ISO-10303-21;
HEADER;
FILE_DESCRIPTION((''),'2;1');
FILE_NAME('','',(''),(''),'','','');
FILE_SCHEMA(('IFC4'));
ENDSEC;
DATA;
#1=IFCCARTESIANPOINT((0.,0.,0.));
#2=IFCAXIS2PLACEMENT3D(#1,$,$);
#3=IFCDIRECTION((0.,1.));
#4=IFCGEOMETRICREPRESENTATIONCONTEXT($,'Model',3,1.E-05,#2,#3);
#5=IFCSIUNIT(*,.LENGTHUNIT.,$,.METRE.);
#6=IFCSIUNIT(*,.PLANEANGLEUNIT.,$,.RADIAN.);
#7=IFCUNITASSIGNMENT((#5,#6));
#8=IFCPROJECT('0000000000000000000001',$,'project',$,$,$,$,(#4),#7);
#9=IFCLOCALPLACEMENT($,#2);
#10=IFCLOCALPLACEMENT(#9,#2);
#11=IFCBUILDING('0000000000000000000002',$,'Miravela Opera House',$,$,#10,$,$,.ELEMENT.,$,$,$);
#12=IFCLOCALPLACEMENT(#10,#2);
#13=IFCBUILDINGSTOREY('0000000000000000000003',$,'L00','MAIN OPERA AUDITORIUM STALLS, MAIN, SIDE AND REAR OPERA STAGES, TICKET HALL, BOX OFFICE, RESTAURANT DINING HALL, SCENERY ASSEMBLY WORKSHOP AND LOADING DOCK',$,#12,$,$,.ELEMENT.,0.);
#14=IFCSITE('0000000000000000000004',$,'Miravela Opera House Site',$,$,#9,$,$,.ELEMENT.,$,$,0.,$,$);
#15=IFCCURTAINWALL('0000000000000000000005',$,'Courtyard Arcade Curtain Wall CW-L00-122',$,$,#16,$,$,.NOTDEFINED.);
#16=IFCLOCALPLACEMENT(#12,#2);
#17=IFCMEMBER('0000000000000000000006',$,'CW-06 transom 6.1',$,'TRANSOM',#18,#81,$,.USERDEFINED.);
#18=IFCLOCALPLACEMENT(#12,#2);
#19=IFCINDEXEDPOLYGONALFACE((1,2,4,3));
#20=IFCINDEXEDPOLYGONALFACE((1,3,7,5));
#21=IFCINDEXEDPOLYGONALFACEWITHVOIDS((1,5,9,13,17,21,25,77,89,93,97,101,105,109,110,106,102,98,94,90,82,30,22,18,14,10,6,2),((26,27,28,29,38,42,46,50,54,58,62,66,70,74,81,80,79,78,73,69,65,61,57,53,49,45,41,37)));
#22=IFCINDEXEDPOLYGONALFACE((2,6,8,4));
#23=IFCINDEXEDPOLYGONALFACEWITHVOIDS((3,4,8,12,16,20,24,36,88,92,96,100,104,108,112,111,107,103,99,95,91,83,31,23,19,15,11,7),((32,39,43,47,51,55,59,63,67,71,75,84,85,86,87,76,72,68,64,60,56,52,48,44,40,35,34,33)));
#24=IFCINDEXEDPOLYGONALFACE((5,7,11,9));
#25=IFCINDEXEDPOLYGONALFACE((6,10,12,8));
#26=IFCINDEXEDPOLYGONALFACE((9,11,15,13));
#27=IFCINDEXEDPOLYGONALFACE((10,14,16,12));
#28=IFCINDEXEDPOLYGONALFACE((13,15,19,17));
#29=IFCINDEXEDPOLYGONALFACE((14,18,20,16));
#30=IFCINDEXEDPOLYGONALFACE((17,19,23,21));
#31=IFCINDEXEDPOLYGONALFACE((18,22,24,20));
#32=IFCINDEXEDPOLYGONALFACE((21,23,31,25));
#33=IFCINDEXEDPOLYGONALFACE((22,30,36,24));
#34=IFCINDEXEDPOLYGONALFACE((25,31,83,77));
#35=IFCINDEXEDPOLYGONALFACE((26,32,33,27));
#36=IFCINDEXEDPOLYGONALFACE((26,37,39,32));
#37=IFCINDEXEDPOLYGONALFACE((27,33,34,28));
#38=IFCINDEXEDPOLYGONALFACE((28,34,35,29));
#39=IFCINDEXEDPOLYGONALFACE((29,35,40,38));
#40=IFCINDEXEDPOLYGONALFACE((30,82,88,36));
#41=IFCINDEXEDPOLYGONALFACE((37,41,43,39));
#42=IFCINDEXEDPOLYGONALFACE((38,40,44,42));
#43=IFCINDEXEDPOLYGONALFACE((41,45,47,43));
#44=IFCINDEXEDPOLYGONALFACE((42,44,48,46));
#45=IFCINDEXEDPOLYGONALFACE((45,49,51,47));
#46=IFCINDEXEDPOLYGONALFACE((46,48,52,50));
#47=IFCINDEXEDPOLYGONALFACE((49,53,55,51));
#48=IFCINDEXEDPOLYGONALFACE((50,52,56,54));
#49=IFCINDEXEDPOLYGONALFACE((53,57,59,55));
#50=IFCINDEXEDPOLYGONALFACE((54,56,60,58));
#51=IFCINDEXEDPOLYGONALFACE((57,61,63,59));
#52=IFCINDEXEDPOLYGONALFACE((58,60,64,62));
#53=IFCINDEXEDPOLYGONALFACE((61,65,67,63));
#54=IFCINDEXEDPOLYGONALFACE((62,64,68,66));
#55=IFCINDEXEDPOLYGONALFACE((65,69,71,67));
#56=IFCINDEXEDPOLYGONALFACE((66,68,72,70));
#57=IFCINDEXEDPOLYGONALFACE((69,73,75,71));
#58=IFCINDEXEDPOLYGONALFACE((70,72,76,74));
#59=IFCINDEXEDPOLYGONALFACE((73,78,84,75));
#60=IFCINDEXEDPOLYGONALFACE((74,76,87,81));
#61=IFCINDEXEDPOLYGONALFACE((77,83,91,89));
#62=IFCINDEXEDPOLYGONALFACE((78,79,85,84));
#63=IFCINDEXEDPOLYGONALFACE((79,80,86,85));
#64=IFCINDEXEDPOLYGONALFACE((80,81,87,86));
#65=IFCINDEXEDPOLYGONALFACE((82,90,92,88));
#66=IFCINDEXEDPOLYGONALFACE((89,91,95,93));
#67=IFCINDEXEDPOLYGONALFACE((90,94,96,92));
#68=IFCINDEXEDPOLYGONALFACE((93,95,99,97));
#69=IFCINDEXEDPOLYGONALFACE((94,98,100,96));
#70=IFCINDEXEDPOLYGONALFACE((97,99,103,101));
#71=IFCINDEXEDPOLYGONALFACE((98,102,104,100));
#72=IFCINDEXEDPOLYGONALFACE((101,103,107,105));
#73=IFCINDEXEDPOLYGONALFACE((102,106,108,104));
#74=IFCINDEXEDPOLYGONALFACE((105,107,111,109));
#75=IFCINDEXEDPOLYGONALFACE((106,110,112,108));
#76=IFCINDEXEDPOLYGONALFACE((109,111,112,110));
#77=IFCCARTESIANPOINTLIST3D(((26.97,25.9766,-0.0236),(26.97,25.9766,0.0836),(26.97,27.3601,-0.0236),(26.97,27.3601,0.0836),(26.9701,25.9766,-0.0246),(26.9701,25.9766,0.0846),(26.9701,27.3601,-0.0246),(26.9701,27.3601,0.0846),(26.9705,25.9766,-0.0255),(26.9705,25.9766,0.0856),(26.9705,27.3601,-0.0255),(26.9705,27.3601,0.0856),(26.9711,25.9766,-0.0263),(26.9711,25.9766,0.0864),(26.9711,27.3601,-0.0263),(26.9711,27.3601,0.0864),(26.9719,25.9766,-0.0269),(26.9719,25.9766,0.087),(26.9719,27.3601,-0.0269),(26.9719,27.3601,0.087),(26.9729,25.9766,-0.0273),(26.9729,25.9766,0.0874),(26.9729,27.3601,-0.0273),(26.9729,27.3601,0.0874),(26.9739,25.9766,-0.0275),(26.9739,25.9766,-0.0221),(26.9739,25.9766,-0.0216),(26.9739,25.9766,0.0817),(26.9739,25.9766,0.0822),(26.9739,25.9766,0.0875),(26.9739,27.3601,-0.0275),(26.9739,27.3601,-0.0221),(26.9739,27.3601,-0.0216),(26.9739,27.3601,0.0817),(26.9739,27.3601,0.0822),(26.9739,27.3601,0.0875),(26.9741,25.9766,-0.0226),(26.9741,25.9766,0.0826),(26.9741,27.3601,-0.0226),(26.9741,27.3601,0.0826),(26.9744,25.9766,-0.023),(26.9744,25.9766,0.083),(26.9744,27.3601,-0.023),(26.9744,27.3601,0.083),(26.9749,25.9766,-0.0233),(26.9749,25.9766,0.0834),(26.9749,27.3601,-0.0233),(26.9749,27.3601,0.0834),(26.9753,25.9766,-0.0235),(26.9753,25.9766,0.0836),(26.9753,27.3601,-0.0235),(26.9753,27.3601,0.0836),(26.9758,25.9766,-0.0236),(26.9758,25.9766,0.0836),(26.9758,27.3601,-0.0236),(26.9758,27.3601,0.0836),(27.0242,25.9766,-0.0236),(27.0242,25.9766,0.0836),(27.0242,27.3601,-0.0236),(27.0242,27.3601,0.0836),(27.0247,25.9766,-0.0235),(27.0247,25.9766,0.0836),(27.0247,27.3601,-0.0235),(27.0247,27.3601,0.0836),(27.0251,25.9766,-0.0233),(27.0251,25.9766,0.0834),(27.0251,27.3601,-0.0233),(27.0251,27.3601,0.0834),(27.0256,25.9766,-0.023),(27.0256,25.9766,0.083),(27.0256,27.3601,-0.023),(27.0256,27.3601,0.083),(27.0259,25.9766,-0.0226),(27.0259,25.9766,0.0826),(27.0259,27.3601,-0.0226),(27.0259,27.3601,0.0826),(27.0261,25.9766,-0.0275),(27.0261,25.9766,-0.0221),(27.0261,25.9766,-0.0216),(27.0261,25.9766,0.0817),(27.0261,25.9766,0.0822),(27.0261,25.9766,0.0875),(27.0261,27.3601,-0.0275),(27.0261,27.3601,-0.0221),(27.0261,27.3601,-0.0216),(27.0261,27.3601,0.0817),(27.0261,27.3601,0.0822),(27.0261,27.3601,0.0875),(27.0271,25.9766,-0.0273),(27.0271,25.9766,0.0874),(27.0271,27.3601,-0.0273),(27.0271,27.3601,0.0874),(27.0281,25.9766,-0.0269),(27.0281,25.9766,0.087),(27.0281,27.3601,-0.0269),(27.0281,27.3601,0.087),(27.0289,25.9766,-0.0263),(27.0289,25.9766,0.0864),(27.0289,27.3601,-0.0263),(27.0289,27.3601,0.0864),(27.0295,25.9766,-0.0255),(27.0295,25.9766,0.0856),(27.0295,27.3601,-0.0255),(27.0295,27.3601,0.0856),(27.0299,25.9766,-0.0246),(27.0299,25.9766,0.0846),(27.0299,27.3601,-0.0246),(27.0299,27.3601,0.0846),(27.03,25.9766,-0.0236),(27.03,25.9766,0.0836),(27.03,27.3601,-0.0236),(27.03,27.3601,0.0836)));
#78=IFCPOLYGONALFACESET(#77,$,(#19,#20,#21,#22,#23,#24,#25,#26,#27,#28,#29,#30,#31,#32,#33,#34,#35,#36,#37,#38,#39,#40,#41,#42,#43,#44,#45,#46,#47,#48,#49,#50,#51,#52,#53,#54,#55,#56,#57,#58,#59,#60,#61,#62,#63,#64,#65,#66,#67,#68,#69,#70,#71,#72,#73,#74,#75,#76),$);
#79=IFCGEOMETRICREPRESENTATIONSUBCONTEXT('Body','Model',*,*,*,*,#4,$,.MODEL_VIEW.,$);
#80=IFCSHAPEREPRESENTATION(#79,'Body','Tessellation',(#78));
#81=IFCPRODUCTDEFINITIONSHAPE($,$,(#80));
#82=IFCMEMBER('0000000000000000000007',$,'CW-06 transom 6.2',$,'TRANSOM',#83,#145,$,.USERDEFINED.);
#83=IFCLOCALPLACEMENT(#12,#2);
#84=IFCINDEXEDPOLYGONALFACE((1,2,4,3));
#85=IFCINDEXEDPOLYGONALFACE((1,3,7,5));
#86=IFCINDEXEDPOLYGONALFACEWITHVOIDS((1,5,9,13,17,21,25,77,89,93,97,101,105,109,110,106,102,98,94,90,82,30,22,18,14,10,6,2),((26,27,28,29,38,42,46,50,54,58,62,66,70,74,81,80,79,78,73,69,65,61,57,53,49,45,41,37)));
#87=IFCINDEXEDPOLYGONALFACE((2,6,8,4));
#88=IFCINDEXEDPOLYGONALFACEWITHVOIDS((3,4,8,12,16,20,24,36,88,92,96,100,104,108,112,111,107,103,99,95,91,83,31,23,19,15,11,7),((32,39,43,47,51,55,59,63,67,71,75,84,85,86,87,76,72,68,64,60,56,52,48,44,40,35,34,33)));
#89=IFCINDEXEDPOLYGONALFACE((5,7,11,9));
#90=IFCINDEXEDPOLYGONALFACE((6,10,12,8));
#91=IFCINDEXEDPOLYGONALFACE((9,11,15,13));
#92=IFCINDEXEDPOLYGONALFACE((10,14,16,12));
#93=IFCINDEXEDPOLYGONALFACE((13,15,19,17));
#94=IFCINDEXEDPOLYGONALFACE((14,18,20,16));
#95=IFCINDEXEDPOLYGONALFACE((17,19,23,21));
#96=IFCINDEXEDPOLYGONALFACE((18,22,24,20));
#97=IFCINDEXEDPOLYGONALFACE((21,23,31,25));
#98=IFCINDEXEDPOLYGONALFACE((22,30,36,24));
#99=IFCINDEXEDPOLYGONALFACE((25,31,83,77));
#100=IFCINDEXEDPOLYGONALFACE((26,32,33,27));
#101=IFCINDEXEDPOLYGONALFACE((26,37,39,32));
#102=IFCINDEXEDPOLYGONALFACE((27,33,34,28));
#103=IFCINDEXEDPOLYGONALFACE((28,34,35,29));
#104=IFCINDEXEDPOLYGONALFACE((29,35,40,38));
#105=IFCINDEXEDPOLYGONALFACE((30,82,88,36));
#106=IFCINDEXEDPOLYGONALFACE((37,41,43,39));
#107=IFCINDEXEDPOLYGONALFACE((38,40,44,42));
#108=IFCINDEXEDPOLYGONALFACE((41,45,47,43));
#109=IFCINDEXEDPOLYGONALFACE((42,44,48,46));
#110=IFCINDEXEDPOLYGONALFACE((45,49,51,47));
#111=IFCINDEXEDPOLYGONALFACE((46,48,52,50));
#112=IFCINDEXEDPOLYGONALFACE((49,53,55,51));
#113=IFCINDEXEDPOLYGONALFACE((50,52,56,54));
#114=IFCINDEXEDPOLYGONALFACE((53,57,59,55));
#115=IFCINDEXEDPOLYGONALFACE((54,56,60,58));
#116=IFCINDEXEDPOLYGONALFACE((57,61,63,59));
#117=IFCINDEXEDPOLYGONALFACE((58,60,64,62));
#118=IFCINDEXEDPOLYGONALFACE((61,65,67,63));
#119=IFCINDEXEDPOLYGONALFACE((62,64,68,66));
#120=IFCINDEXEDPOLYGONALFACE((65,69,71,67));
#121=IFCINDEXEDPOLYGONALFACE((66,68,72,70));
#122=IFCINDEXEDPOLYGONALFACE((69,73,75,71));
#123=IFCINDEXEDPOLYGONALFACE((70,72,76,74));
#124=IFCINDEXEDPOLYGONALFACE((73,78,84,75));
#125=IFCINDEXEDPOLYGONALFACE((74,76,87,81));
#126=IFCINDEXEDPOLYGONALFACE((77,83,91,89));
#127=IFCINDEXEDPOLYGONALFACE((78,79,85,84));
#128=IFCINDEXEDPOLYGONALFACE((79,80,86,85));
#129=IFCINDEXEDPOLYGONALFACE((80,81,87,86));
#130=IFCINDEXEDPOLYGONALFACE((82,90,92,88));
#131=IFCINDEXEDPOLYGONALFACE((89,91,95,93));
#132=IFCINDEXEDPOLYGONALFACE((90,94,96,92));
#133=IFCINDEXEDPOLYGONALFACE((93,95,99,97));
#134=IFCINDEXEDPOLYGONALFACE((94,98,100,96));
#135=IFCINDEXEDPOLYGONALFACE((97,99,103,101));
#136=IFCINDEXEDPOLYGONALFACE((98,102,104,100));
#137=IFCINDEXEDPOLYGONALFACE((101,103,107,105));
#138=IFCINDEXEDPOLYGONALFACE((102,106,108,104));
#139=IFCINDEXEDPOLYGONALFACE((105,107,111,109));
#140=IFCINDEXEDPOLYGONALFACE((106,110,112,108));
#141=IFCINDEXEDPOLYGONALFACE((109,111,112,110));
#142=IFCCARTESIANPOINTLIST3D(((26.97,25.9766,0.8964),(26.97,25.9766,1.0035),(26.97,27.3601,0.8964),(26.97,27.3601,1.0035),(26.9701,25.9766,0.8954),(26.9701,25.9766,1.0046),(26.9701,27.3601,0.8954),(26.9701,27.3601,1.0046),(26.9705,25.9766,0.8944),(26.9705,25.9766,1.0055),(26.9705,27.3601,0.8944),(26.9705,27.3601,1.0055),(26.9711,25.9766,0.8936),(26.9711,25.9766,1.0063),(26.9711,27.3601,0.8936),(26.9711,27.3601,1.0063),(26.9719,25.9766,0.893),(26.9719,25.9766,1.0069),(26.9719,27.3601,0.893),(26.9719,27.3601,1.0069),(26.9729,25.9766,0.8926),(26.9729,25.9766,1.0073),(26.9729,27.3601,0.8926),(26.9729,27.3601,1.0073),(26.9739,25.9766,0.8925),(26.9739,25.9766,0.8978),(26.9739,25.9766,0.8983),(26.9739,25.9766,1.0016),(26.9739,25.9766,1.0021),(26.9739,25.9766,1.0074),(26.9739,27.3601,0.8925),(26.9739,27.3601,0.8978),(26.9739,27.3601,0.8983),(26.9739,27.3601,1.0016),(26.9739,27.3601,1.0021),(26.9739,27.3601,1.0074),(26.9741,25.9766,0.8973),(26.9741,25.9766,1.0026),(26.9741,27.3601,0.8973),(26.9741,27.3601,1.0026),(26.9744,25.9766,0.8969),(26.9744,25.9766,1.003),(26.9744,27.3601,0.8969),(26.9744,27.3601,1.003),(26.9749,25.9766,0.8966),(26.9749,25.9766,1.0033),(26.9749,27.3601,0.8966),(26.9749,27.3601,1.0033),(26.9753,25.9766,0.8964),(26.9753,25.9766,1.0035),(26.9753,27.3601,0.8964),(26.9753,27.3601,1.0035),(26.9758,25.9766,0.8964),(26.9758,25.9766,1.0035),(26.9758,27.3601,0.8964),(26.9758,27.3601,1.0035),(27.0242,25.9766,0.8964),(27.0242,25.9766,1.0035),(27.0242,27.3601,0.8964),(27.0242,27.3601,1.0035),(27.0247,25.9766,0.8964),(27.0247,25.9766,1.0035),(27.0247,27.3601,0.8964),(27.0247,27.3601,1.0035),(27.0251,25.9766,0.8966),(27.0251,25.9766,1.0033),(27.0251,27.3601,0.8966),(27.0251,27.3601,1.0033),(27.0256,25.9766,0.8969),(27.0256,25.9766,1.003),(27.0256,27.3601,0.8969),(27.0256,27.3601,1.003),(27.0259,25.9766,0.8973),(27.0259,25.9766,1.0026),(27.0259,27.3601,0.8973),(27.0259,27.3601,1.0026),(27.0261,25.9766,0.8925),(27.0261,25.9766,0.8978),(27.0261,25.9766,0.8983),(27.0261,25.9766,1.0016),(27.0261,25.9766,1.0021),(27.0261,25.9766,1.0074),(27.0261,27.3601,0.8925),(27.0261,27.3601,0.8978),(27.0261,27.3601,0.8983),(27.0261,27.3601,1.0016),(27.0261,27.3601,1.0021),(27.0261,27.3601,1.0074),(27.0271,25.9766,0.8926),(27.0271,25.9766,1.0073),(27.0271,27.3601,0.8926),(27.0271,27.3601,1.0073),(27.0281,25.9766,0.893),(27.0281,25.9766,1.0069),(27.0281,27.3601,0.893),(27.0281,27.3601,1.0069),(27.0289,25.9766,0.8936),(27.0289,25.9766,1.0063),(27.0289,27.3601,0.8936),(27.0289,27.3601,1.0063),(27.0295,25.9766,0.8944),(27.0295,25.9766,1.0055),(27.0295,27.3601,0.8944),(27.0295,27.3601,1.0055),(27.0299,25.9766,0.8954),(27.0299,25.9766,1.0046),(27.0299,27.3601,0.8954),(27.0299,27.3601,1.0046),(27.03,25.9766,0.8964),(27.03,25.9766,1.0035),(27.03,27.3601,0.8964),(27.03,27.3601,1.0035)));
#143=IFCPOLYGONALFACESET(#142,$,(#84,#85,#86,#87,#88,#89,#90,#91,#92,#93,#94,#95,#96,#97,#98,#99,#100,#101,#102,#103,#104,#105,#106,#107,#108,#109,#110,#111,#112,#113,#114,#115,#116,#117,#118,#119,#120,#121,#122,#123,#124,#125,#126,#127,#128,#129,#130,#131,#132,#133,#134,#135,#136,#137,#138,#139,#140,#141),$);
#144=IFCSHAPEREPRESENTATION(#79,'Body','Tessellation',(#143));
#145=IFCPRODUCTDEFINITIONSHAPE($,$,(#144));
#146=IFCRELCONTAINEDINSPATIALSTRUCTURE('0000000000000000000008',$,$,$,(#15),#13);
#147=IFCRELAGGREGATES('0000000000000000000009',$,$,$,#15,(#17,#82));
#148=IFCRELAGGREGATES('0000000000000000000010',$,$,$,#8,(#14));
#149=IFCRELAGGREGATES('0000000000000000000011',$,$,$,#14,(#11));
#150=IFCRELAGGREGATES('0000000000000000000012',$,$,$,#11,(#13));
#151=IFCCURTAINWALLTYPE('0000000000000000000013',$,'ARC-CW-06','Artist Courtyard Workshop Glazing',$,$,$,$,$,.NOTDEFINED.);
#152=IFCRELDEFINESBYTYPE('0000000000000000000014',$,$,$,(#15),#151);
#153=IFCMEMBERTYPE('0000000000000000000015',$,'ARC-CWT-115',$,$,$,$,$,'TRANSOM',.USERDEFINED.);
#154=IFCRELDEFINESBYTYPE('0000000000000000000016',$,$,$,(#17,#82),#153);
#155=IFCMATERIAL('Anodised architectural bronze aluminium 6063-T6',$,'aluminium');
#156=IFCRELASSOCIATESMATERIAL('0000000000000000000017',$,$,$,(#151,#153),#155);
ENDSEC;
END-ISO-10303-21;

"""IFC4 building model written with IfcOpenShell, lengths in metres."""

from ifc_helpers import new_model, si_unit, direction, frame, origin, origin_2d, place, context, subcontext, project, spatial, hollow_rectangle, extrude, material, material_profile, profile_set, type_object, element, aggregate, save


model = new_model("IFC4")

# Units and contexts
model_context = context("Model", 3, precision=1e-05, world=origin(), true_north=direction((0.0, 1.0)))
body_context = subcontext(model_context, "Body", "Model", "MODEL_VIEW")
ifc_project = project(units=[si_unit("LENGTHUNIT", "METRE"), si_unit("PLANEANGLEUNIT", "RADIAN")], contexts=[model_context])

# Site, building, storey
site_placement = place(None, origin())
site = spatial("IfcSite", under=ifc_project, at=site_placement, Name="Miravela Opera House Site", CompositionType="ELEMENT", RefElevation=0.0)
building_placement = place(site_placement, origin())
building = spatial("IfcBuilding", under=site, at=building_placement, Name="Miravela Opera House", CompositionType="ELEMENT")
storey_placement = place(building_placement, origin())
storey = spatial("IfcBuildingStorey", under=building, at=storey_placement, Name="L00", Description="MAIN OPERA AUDITORIUM STALLS, MAIN, SIDE AND REAR OPERA STAGES, TICKET HALL, BOX OFFICE, RESTAURANT DINING HALL, SCENERY ASSEMBLY WORKSHOP AND LOADING DOCK", CompositionType="ELEMENT", Elevation=0.0)

# Curtain wall, members
ifc_material_1 = material(Name="Anodised architectural bronze aluminium 6063-T6", Category="aluminium")
curtain_wall_type = type_object("IfcCurtainWallType", Name="ARC-CW-06", Description="Artist Courtyard Workshop Glazing", PredefinedType="NOTDEFINED", material=ifc_material_1)
curtain_wall_placement = place(storey_placement, origin())
curtain_wall = element("IfcCurtainWall", 1, at=curtain_wall_placement, inside=storey, type_object=curtain_wall_type, Name="Courtyard Arcade Curtain Wall CW-L00-122", PredefinedType="NOTDEFINED")
ifc_material_profile_1 = material_profile(ifc_material_1, hollow_rectangle(XDim=0.0601, YDim=0.115, WallThickness=0.0039, InnerFilletRadius=0.002, OuterFilletRadius=0.0039, at=origin_2d()), Name="CWT-60X115")
ifc_profile_set_1 = profile_set([ifc_material_profile_1])
member_type_1 = type_object("IfcMemberType", Name="ARC-CWT-115", ElementType="TRANSOM", PredefinedType="USERDEFINED", material=ifc_profile_set_1)
member_1_placement = place(storey_placement, frame((27.0, 25.9766, 0.03), z_axis=(0.0, 1.0, 0.0), x_axis=(-1.0, 0.0, 0.0)))
member_1 = element("IfcMember", 2, at=member_1_placement, type_object=member_type_1, Name="CW-06 transom 6.1", ObjectType="TRANSOM", PredefinedType="USERDEFINED", context=body_context, shape_type="SweptSolid", body=[
    extrude(hollow_rectangle(XDim=0.0601, YDim=0.115, WallThickness=0.0039, InnerFilletRadius=0.002, OuterFilletRadius=0.0039, at=origin_2d()), origin(), (0.0, 0.0, 1.0), 1.3835),
])
member_2_placement = place(storey_placement, frame((27.0, 25.9766, 0.95), z_axis=(0.0, 1.0, 0.0), x_axis=(-1.0, 0.0, 0.0)))
member_2 = element("IfcMember", 3, at=member_2_placement, type_object=member_type_1, Name="CW-06 transom 6.2", ObjectType="TRANSOM", PredefinedType="USERDEFINED", context=body_context, shape_type="SweptSolid", body=[
    extrude(hollow_rectangle(XDim=0.0601, YDim=0.115, WallThickness=0.0039, InnerFilletRadius=0.002, OuterFilletRadius=0.0039, at=origin_2d()), origin(), (0.0, 0.0, 1.0), 1.3835),
])

aggregate(curtain_wall, [member_1, member_2])

save(model, "model.ifc")
